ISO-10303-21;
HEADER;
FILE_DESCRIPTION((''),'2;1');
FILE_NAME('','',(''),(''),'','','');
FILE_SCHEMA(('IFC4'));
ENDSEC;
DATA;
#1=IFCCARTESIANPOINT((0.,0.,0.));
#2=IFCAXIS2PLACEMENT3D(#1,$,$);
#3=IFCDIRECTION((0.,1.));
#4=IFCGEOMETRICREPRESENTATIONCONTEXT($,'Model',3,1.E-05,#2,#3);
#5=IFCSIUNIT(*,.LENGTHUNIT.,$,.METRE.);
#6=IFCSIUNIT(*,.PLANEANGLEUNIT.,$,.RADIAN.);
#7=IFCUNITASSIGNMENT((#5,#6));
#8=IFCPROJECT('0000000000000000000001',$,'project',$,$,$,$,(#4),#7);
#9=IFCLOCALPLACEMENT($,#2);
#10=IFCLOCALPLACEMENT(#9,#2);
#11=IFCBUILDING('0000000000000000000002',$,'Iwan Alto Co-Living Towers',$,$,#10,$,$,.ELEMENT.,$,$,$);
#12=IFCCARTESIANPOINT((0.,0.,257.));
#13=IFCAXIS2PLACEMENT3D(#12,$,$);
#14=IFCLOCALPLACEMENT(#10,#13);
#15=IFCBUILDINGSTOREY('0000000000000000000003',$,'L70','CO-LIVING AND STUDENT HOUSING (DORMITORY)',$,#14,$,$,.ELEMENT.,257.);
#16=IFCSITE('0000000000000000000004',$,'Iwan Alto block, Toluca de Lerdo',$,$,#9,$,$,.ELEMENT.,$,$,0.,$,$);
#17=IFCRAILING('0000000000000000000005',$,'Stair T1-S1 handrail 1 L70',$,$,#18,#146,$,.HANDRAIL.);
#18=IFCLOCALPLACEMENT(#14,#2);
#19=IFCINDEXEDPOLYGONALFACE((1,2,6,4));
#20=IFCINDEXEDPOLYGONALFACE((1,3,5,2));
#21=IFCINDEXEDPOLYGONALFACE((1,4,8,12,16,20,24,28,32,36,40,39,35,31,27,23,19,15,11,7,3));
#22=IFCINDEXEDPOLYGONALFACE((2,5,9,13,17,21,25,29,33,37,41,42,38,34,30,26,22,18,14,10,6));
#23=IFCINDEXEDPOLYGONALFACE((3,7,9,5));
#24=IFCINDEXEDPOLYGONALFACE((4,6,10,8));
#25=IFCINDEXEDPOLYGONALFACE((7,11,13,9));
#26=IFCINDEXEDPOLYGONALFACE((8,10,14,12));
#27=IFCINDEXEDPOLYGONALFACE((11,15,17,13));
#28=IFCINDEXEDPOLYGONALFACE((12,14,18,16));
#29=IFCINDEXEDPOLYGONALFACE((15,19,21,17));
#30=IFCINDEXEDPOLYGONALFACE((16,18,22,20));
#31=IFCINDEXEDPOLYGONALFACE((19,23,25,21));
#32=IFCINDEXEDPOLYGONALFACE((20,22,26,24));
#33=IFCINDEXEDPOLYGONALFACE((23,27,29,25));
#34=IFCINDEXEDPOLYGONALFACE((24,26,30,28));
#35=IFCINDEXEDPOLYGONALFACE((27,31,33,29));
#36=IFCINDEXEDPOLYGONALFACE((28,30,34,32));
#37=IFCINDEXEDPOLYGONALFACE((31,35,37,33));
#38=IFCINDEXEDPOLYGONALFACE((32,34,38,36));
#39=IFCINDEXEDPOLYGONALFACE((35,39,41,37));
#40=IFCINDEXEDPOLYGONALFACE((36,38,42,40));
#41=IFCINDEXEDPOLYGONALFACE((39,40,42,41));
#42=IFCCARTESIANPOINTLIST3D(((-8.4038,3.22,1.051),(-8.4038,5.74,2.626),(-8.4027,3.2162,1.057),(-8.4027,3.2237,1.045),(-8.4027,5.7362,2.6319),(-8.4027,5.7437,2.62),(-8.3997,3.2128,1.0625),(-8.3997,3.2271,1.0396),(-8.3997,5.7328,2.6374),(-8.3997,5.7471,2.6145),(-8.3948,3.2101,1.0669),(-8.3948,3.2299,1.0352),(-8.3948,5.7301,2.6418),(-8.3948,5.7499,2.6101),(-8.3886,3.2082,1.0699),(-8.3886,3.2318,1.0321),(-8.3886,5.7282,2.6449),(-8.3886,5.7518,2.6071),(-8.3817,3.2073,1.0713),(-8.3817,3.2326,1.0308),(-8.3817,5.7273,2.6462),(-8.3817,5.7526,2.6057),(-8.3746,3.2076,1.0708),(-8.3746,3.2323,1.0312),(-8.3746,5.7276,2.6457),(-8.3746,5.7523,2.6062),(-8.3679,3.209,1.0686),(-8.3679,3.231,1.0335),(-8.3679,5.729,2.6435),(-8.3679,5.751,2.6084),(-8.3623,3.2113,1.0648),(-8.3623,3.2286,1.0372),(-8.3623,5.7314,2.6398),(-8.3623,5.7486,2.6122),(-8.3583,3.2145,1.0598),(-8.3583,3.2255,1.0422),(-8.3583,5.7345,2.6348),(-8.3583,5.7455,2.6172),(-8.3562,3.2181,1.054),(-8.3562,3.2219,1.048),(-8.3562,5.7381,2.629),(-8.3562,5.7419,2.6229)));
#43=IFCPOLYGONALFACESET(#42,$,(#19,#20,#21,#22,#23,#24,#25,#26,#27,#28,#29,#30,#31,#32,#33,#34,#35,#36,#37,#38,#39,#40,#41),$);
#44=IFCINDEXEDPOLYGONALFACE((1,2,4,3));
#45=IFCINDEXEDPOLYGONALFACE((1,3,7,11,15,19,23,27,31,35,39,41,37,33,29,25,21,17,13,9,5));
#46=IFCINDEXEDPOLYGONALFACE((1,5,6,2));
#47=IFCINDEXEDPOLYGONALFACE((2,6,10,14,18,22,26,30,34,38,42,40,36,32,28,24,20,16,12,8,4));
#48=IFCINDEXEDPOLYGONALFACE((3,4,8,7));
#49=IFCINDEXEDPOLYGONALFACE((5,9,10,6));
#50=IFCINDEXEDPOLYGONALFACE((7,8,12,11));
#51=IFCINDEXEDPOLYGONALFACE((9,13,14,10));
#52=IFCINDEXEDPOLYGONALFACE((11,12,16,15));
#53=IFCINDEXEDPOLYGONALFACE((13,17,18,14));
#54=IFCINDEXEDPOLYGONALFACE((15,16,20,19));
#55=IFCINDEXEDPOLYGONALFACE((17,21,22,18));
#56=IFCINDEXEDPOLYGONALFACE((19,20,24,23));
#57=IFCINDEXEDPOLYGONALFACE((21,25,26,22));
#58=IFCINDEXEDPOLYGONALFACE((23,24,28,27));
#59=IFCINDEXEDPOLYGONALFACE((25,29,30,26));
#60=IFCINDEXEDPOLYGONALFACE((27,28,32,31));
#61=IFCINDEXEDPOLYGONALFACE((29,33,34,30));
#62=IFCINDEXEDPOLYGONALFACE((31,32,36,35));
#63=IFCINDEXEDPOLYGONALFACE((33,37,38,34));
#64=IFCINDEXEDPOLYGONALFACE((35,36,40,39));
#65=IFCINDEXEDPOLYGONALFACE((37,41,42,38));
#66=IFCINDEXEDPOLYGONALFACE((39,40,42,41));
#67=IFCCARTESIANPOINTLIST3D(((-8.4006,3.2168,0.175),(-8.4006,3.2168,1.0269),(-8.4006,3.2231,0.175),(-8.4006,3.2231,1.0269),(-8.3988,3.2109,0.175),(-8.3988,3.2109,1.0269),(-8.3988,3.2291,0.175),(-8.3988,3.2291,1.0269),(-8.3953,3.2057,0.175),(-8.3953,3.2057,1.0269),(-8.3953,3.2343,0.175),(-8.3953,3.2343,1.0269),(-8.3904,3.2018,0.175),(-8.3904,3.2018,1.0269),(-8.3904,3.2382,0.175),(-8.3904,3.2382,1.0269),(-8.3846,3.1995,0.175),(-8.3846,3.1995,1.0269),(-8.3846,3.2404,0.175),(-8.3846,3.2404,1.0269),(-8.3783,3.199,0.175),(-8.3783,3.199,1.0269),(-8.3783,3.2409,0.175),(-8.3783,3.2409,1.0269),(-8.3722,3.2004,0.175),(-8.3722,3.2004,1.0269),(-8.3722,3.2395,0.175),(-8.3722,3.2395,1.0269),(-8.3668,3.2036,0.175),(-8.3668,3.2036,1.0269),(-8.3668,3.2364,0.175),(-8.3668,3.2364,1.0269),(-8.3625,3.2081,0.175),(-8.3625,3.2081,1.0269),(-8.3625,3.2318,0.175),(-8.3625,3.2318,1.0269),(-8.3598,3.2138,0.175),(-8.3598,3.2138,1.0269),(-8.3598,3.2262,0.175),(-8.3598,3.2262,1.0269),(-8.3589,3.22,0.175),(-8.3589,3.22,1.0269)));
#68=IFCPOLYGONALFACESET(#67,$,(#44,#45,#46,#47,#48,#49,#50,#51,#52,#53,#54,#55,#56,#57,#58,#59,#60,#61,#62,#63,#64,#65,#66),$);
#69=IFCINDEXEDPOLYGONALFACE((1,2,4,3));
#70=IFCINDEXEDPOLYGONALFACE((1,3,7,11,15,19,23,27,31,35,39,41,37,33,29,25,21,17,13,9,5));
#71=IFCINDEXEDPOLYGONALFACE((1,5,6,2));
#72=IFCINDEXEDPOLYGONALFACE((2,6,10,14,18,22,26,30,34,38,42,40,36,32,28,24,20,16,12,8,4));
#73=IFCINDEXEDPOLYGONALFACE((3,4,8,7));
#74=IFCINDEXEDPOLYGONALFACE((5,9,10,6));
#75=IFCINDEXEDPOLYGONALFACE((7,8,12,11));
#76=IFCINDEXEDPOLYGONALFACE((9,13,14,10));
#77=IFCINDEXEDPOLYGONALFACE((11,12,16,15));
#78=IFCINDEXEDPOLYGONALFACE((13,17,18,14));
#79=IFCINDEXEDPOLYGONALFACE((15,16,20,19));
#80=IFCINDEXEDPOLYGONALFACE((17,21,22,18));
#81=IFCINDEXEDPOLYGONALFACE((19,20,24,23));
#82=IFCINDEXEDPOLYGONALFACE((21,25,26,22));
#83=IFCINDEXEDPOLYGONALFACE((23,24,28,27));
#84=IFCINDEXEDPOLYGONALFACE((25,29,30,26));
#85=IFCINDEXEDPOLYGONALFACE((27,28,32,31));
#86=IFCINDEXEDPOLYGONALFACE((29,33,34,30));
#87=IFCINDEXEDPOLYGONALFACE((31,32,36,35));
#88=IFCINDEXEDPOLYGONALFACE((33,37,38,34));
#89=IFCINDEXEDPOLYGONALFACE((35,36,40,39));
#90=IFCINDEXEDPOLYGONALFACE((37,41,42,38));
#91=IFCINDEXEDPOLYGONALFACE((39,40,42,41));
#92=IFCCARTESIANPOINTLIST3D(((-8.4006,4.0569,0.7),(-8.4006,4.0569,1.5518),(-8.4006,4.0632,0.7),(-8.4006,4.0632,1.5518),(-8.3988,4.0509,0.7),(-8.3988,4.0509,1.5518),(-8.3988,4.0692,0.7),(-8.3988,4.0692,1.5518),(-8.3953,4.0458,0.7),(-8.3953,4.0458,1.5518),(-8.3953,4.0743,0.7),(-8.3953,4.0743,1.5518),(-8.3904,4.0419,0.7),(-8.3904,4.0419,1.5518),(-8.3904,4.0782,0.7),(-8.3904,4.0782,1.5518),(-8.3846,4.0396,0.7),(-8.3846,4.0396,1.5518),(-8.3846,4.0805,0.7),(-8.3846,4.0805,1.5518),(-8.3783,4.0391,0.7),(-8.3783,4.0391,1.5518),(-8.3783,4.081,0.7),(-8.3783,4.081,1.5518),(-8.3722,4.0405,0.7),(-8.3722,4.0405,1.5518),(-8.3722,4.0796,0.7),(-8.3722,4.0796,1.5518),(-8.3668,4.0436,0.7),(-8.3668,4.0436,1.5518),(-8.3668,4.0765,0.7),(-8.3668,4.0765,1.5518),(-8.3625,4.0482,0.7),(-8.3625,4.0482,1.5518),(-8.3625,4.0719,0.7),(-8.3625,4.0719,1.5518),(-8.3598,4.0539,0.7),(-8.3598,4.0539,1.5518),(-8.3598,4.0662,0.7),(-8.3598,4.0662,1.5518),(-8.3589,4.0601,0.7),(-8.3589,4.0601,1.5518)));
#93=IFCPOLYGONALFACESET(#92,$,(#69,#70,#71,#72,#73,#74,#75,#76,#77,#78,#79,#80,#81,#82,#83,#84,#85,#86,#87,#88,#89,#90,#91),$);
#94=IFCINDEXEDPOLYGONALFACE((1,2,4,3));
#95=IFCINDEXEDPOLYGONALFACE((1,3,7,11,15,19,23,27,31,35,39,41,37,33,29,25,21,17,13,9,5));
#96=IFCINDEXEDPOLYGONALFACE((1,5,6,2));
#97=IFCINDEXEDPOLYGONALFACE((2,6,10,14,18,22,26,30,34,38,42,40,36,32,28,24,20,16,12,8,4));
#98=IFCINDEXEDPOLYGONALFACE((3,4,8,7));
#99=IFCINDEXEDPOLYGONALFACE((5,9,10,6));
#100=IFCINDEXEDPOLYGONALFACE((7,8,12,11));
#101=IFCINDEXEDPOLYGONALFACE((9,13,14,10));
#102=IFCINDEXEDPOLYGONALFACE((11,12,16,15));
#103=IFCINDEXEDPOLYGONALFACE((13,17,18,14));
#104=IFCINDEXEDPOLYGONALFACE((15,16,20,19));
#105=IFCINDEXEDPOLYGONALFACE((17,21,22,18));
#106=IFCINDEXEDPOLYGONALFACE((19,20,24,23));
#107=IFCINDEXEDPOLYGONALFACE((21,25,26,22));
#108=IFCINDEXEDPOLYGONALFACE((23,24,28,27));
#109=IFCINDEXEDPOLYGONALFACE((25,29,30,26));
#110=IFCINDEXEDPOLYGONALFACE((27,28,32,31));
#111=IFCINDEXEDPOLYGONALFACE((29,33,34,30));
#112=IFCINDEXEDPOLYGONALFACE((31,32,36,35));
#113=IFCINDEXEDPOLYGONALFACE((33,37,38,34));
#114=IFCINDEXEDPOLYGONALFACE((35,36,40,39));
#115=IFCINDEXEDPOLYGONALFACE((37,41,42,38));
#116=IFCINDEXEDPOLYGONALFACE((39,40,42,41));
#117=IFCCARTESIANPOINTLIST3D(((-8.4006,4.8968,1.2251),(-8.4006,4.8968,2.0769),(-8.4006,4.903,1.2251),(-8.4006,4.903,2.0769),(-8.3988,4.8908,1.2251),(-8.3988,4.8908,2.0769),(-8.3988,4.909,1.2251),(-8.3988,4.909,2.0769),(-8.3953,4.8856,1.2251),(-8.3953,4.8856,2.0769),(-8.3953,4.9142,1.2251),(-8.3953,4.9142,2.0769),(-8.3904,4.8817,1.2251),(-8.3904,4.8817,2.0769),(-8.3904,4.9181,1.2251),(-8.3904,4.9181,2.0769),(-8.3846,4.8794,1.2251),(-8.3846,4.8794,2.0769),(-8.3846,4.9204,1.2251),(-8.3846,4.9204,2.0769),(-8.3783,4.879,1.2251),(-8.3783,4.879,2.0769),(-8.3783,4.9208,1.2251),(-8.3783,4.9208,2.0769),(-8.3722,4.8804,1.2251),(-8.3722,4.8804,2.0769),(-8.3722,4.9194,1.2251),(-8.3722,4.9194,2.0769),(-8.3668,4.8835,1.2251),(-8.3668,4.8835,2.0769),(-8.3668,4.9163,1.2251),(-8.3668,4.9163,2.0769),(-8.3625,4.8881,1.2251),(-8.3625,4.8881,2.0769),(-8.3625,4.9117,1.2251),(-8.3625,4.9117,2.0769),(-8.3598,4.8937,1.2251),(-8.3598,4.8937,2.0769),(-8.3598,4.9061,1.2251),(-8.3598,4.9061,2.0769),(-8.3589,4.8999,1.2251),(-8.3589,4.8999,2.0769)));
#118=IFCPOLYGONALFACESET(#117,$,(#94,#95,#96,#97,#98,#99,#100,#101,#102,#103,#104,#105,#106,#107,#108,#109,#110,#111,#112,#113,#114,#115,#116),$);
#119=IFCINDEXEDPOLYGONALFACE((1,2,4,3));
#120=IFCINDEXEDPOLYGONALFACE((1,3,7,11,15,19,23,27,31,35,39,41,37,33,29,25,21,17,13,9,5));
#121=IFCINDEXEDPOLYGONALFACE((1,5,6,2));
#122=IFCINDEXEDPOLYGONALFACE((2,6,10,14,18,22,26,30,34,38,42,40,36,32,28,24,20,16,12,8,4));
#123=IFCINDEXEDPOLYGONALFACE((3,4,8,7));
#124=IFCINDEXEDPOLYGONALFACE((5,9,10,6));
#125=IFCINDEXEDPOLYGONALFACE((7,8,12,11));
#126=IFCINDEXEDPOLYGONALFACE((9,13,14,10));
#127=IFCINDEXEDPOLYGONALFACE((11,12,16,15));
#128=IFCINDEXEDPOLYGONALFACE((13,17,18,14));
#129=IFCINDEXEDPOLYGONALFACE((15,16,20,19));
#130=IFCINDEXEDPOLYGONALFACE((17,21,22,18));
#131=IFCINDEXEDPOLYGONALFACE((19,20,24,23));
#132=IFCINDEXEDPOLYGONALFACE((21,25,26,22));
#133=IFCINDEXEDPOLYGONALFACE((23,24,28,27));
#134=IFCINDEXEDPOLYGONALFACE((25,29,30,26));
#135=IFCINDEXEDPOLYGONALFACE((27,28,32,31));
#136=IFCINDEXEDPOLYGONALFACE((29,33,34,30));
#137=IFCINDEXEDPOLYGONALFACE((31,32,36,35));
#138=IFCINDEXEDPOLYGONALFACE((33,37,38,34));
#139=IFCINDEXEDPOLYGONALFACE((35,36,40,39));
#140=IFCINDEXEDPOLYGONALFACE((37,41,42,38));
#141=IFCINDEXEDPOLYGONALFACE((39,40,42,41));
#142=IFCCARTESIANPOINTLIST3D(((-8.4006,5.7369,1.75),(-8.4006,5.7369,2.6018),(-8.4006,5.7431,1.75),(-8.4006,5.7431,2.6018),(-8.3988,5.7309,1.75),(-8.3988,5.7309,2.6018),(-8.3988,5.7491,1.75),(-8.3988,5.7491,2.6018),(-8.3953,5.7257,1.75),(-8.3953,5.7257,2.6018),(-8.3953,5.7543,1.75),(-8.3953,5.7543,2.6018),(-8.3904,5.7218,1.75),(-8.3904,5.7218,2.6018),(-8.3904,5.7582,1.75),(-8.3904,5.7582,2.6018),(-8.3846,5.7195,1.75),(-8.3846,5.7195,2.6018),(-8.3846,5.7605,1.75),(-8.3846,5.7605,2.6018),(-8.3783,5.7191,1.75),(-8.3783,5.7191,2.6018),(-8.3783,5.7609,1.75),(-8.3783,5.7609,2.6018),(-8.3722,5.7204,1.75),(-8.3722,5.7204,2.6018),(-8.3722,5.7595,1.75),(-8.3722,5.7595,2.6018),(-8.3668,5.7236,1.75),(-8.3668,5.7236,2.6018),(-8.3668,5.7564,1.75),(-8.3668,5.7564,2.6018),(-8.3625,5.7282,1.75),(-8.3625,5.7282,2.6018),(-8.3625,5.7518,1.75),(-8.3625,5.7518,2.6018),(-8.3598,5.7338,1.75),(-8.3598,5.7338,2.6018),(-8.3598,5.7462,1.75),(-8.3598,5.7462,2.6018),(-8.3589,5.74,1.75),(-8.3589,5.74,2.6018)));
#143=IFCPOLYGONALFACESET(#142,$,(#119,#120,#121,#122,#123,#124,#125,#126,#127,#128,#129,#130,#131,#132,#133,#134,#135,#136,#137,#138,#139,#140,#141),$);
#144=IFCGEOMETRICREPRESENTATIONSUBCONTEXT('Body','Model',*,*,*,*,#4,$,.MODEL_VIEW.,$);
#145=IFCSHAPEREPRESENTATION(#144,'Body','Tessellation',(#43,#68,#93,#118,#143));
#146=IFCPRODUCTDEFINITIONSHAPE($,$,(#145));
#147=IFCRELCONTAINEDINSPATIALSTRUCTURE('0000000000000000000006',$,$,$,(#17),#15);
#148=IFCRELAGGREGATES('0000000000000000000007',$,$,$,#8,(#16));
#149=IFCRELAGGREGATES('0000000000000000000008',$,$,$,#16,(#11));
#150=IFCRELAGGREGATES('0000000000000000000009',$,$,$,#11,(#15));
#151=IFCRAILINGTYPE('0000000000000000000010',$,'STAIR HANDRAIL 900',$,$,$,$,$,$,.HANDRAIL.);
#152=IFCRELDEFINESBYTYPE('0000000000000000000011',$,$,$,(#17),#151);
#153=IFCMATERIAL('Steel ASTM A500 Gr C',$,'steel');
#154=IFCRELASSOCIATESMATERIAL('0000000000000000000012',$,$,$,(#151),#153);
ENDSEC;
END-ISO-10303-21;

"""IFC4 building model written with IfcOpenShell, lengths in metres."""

from ifc_helpers import new_model, si_unit, direction, frame, origin, origin_2d, place, context, subcontext, project, spatial, circle, extrude, material, type_object, element, save


model = new_model("IFC4")

# Units and contexts
model_context = context("Model", 3, precision=1e-05, world=origin(), true_north=direction((0.0, 1.0)))
body_context = subcontext(model_context, "Body", "Model", "MODEL_VIEW")
ifc_project = project(units=[si_unit("LENGTHUNIT", "METRE"), si_unit("PLANEANGLEUNIT", "RADIAN")], contexts=[model_context])

# Site, building, storey
site_placement = place(None, origin())
site = spatial("IfcSite", under=ifc_project, at=site_placement, Name="Iwan Alto block, Toluca de Lerdo", CompositionType="ELEMENT", RefElevation=0.0)
building_placement = place(site_placement, origin())
building = spatial("IfcBuilding", under=site, at=building_placement, Name="Iwan Alto Co-Living Towers", CompositionType="ELEMENT")
storey_placement = place(building_placement, frame((0.0, 0.0, 257.0)))
storey = spatial("IfcBuildingStorey", under=building, at=storey_placement, Name="L70", Description="CO-LIVING AND STUDENT HOUSING (DORMITORY)", CompositionType="ELEMENT", Elevation=257.0)

# Railing
ifc_material_1 = material(Name="Steel ASTM A500 Gr C", Category="steel")
railing_type_1 = type_object("IfcRailingType", Name="STAIR HANDRAIL 900", PredefinedType="HANDRAIL", material=ifc_material_1)
railing_1_placement = place(storey_placement, frame((-8.3799, 3.22, 0.175)))
element("IfcRailing", 1, at=railing_1_placement, inside=storey, type_object=railing_type_1, Name="Stair T1-S1 handrail 1 L70", PredefinedType="HANDRAIL", context=body_context, shape_type="SweptSolid", body=[
    extrude(circle(Radius=0.0239, at=origin_2d()), frame((0.0, 0.0, 0.876), z_axis=(0.0, 0.848008, 0.529984), x_axis=(-1.0, 0.0, 0.0)), (0.0, 0.0, 1.0), 2.9717),
    extrude(circle(Radius=0.021, at=origin_2d()), origin(), (0.0, 0.0, 1.0), 0.8518),
    extrude(circle(Radius=0.021, at=origin_2d()), frame((0.0, 0.8401, 0.5249)), (0.0, 0.0, 1.0), 0.8518),
    extrude(circle(Radius=0.021, at=origin_2d()), frame((0.0, 1.6799, 1.05)), (0.0, 0.0, 1.0), 0.8518),
    extrude(circle(Radius=0.021, at=origin_2d()), frame((0.0, 2.52, 1.575)), (0.0, 0.0, 1.0), 0.8518),
])

save(model, "model.ifc")
